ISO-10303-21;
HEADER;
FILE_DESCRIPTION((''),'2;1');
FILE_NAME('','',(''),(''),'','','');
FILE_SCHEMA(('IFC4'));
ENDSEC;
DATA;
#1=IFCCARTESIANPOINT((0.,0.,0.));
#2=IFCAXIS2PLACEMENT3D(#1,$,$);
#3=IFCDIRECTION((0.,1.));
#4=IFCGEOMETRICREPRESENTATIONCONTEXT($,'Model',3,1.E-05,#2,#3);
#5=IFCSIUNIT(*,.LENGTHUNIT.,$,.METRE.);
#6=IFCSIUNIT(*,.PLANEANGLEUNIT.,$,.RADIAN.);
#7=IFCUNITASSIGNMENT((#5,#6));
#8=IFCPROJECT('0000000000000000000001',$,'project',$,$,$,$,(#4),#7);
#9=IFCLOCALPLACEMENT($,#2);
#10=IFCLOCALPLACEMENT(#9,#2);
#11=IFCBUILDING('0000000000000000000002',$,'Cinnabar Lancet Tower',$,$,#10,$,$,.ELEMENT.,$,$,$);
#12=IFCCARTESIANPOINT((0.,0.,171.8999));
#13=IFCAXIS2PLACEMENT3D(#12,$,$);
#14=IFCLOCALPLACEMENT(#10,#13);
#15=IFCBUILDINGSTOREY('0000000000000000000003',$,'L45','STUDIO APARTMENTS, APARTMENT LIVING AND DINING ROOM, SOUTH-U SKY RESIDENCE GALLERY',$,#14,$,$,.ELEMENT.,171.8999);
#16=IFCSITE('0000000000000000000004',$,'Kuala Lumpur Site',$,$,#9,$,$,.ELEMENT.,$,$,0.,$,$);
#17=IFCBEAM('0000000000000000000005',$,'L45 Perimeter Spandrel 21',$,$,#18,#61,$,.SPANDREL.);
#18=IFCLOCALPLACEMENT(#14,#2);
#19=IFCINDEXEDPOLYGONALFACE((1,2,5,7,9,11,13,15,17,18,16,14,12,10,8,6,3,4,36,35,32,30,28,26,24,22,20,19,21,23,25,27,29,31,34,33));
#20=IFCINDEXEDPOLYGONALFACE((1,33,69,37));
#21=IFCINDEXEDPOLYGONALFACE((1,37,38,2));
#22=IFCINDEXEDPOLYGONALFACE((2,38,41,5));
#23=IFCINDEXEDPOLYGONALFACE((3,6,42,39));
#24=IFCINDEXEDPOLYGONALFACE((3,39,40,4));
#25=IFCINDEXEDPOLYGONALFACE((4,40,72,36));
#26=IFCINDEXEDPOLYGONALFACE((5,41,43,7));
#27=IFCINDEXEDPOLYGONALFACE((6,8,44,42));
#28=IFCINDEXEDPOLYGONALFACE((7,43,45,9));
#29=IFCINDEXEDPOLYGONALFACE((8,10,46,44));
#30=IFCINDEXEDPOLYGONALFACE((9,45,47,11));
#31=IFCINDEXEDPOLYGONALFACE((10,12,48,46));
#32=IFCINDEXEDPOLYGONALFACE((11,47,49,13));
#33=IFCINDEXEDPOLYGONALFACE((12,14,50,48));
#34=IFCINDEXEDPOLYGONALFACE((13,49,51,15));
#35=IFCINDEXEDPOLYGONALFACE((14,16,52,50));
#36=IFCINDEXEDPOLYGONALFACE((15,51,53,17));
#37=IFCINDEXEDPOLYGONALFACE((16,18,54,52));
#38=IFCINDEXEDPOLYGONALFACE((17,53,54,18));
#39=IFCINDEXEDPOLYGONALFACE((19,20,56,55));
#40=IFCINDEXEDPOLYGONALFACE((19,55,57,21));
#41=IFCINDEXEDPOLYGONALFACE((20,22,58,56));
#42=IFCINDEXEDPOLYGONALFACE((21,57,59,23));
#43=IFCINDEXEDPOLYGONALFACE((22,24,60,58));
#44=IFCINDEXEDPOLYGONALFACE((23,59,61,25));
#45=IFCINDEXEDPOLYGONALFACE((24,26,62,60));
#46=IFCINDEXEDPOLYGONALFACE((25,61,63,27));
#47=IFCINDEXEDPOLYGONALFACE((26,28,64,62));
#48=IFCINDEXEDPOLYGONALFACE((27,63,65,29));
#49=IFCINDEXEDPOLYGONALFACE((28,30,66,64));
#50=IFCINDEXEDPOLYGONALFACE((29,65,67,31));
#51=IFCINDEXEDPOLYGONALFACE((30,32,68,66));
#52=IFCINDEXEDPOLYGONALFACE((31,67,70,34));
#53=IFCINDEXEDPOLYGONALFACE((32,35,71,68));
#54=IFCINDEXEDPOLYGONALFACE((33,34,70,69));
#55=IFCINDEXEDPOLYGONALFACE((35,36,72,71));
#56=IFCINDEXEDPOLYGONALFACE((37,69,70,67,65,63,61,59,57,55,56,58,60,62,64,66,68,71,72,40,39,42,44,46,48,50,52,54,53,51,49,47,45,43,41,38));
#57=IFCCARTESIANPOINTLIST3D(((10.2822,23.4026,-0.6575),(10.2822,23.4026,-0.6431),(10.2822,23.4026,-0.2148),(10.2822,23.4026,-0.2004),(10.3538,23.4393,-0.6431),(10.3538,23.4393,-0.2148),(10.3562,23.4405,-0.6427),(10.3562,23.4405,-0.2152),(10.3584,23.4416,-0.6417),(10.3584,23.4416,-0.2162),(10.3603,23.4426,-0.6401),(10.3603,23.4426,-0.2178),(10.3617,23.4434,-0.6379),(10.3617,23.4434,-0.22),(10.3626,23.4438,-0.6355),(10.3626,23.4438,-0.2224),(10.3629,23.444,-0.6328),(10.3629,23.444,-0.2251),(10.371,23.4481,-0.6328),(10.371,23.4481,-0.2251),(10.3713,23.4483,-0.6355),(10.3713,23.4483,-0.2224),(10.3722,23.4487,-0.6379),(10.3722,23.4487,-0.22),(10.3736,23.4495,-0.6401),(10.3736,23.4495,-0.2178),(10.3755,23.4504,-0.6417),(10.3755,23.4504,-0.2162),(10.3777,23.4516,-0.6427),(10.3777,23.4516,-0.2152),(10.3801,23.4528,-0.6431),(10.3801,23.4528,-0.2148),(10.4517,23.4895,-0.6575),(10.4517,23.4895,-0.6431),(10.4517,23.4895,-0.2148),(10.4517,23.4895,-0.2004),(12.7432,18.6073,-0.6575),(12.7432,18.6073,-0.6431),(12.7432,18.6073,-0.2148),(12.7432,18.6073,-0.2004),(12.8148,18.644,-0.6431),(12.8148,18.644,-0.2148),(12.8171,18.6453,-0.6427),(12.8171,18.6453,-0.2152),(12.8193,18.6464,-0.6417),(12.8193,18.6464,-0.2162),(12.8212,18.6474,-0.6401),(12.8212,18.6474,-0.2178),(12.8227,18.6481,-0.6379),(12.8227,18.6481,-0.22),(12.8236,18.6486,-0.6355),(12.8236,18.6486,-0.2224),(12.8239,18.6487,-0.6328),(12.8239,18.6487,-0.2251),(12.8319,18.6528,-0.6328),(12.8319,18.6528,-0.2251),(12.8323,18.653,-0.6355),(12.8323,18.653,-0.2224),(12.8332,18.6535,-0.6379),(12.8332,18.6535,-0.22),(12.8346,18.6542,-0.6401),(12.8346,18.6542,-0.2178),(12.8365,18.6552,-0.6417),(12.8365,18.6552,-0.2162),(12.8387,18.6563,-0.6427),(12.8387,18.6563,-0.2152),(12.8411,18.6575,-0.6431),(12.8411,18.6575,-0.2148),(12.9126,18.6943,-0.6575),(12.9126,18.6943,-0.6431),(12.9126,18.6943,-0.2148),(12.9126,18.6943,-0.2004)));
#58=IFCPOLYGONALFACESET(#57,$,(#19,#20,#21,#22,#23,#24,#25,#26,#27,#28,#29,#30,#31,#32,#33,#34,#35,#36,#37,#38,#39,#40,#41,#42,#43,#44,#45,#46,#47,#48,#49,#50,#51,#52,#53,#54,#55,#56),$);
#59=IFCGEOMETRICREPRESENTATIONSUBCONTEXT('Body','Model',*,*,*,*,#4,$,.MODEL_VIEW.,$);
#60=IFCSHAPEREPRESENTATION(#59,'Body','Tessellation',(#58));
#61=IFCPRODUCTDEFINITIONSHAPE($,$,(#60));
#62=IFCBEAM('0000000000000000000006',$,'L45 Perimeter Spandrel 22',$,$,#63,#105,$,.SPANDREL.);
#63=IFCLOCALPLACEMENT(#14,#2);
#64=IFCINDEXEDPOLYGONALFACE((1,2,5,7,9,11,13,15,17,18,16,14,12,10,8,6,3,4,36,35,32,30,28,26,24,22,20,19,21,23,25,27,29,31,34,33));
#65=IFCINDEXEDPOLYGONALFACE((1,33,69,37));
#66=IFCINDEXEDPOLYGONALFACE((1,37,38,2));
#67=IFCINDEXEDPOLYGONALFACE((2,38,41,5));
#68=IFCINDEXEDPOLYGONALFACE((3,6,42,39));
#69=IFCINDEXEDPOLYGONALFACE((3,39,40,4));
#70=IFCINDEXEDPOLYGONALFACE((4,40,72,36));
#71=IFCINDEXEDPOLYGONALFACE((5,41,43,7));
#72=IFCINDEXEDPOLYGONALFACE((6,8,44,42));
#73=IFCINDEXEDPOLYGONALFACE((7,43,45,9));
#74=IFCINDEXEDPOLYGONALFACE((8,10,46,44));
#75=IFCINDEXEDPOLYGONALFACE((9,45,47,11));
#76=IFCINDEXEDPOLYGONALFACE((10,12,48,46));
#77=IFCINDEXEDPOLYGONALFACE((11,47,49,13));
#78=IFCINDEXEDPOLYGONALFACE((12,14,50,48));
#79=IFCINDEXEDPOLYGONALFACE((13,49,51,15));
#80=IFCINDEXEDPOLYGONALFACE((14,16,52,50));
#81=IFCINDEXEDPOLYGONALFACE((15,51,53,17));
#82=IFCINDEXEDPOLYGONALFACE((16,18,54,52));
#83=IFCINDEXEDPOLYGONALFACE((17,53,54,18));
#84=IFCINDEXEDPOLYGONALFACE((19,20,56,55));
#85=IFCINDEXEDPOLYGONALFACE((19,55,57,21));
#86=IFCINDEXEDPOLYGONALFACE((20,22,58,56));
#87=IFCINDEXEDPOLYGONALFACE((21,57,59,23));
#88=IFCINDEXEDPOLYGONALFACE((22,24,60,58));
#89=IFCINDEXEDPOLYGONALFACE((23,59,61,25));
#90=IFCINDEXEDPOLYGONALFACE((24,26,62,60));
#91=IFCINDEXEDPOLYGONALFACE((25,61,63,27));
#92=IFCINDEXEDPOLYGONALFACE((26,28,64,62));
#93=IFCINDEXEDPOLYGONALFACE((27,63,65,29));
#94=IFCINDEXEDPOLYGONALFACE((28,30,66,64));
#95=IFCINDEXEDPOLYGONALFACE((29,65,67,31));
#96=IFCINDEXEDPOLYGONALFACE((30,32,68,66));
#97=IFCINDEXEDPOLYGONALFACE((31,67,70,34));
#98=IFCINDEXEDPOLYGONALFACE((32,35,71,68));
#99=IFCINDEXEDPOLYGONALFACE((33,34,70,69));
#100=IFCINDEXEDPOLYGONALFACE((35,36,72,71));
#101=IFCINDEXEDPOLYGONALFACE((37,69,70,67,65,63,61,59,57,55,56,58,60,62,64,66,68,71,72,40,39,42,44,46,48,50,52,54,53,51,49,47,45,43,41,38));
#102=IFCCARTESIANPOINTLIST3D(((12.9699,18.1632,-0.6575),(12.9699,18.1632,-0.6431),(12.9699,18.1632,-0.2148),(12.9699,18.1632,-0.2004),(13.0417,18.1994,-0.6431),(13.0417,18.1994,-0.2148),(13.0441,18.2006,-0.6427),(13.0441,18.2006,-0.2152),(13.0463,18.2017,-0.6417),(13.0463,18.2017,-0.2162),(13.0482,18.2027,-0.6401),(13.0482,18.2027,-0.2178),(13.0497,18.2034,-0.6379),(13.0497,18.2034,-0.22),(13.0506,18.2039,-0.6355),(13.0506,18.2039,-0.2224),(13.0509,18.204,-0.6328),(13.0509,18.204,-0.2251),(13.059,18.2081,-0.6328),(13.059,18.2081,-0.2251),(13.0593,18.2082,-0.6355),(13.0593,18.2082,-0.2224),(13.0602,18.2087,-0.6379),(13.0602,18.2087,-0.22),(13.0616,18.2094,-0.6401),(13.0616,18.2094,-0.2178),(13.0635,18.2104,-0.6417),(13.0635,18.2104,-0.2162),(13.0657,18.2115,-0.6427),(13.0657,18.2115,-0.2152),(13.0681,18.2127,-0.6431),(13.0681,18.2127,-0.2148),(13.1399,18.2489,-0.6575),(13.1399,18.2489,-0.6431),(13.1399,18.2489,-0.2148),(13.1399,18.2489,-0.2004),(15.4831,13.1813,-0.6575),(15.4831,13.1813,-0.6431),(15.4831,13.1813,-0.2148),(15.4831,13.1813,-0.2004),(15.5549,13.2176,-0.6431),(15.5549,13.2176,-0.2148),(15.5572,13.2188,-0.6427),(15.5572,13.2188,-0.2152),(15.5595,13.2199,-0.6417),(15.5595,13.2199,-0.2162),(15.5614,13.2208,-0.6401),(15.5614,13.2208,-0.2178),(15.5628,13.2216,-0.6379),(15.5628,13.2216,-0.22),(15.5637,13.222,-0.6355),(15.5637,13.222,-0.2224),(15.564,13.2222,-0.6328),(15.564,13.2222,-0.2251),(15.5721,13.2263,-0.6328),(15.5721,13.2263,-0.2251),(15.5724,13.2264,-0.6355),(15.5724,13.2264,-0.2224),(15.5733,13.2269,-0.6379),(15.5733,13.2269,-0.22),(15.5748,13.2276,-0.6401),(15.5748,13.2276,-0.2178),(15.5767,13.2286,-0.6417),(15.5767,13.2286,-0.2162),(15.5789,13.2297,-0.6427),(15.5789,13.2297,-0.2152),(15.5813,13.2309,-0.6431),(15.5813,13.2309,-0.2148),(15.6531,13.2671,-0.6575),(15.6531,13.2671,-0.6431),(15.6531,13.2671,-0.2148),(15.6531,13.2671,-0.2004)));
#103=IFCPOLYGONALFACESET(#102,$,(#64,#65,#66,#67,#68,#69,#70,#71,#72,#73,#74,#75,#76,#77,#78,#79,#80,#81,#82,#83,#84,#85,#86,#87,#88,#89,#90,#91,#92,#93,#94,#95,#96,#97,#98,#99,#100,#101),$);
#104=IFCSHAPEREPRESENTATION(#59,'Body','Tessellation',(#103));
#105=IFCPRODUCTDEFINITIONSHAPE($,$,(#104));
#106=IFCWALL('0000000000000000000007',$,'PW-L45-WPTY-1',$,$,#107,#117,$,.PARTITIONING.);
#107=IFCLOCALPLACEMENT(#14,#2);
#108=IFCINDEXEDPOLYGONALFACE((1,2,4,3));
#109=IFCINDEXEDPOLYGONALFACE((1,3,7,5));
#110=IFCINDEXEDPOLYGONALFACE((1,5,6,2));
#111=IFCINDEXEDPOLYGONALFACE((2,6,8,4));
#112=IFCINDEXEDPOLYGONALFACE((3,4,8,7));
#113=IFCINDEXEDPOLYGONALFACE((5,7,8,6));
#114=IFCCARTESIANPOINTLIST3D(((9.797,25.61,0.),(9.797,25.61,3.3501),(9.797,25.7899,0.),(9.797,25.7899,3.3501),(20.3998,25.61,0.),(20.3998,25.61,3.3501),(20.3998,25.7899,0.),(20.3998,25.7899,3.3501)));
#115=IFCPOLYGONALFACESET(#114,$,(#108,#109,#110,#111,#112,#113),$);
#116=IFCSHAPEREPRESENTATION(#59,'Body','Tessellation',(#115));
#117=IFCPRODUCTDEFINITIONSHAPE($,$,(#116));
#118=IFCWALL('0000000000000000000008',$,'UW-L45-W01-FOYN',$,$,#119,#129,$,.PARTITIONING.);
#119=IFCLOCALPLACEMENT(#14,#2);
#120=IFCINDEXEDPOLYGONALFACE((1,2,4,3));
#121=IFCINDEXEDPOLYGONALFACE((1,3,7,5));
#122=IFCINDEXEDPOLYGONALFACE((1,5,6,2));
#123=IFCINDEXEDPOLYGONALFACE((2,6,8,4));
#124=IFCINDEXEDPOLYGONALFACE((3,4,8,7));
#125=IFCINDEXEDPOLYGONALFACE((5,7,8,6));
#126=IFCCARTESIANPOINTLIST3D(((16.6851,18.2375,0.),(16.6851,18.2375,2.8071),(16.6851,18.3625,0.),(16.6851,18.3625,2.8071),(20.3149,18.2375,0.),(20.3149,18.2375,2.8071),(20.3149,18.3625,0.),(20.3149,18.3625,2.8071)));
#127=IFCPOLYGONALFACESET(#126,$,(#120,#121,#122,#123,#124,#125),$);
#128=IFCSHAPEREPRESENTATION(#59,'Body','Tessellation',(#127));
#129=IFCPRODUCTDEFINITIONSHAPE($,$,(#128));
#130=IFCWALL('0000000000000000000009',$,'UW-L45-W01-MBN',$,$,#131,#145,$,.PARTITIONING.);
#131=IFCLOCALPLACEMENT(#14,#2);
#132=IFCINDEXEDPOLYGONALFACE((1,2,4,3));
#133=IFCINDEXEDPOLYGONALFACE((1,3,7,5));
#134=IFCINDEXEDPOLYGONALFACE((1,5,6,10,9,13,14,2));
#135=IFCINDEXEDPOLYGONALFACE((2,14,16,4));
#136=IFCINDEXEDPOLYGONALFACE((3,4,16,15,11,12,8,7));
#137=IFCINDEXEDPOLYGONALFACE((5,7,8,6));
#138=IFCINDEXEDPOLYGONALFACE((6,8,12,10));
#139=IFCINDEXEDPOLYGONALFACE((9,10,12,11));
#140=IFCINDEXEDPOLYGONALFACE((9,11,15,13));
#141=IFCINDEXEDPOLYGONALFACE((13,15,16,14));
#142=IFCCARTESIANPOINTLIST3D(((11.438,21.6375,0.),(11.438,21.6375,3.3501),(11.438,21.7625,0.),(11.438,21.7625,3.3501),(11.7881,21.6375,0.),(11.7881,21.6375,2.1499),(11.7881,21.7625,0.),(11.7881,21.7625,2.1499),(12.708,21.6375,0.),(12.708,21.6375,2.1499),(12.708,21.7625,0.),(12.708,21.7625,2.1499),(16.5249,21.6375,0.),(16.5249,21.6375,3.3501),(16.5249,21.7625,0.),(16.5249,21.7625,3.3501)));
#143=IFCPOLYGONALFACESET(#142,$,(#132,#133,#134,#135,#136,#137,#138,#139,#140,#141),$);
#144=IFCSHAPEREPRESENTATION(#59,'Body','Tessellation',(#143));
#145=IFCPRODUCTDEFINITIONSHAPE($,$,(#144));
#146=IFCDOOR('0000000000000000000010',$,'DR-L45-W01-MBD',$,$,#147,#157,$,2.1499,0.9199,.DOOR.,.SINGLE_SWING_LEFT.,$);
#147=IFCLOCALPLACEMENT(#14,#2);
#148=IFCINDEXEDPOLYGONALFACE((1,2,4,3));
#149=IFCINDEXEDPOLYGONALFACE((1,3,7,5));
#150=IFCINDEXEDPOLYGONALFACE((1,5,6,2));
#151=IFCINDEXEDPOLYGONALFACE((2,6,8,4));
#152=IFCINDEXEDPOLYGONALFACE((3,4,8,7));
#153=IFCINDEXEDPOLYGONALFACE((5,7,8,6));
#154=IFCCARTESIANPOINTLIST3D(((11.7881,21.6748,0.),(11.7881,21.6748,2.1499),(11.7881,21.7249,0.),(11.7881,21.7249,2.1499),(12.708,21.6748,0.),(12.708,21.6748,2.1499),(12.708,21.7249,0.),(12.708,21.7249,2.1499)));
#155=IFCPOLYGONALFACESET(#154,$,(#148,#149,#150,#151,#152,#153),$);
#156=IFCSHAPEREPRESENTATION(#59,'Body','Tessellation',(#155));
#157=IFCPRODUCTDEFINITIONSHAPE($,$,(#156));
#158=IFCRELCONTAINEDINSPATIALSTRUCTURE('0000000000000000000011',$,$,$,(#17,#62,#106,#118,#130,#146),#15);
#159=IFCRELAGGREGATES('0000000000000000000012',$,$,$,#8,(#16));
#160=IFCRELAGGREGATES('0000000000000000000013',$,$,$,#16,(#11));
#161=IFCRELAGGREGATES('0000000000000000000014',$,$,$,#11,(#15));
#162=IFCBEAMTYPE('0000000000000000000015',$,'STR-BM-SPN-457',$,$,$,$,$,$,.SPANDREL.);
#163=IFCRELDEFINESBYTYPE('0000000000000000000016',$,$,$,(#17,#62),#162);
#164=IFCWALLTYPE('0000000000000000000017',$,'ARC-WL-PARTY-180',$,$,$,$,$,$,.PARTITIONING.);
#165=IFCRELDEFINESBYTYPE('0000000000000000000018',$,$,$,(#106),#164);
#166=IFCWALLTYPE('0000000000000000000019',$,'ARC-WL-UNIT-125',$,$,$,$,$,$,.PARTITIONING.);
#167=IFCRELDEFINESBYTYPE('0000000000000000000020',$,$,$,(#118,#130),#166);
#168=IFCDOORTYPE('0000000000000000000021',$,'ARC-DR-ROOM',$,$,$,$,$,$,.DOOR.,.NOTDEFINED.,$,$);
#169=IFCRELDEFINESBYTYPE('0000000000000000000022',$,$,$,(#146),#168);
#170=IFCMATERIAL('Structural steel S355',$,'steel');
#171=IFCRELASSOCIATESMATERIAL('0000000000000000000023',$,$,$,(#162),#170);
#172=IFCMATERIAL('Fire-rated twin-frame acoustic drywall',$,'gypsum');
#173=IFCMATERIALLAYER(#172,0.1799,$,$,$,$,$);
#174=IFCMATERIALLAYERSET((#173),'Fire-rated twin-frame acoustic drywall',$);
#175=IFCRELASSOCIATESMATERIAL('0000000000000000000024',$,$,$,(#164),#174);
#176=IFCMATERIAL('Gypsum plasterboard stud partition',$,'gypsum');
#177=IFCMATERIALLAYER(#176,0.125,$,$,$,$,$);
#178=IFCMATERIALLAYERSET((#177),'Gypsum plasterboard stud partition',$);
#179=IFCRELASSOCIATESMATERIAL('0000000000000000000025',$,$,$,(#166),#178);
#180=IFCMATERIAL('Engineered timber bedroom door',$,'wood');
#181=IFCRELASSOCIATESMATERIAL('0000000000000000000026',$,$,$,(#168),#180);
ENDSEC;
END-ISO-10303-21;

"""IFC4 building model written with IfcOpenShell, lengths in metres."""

from ifc_helpers import new_model, si_unit, direction, frame, frame_2d, origin, origin_2d, place, context, subcontext, project, spatial, rectangle, i_section, extrude, material, layer, layer_set, material_profile, profile_set, type_object, element, fill, save


model = new_model("IFC4")

# Units and contexts
model_context = context("Model", 3, precision=1e-05, world=origin(), true_north=direction((0.0, 1.0)))
body_context = subcontext(model_context, "Body", "Model", "MODEL_VIEW")
ifc_project = project(units=[si_unit("LENGTHUNIT", "METRE"), si_unit("PLANEANGLEUNIT", "RADIAN")], contexts=[model_context])

# Site, building, storey
site_placement = place(None, origin())
site = spatial("IfcSite", under=ifc_project, at=site_placement, Name="Kuala Lumpur Site", CompositionType="ELEMENT", RefElevation=0.0)
building_placement = place(site_placement, origin())
building = spatial("IfcBuilding", under=site, at=building_placement, Name="Cinnabar Lancet Tower", CompositionType="ELEMENT")
storey_placement = place(building_placement, frame((0.0, 0.0, 171.8999)))
storey = spatial("IfcBuildingStorey", under=building, at=storey_placement, Name="L45", Description="STUDIO APARTMENTS, APARTMENT LIVING AND DINING ROOM, SOUTH-U SKY RESIDENCE GALLERY", CompositionType="ELEMENT", Elevation=171.8999)

# Beams
ifc_material_1 = material(Name="Structural steel S355", Category="steel")
ifc_material_profile_1 = material_profile(ifc_material_1, i_section(OverallWidth=0.1904, OverallDepth=0.457, WebThickness=0.009, FlangeThickness=0.0144, FilletRadius=0.0103, at=origin_2d()), Name="UKB 457x191x74")
ifc_profile_set_1 = profile_set([ifc_material_profile_1], Name="Structural steel S355")
beam_type_1 = type_object("IfcBeamType", Name="STR-BM-SPN-457", PredefinedType="SPANDREL", material=ifc_profile_set_1)
beam_1_placement = place(storey_placement, frame((10.3669, 23.446, -0.429), z_axis=(0.456593, -0.889676, 0.0), x_axis=(0.889676, 0.456593, 0.0)))
element("IfcBeam", 1, at=beam_1_placement, inside=storey, type_object=beam_type_1, Name="L45 Perimeter Spandrel 21", PredefinedType="SPANDREL", context=body_context, shape_type="SweptSolid", body=[
    extrude(i_section(OverallWidth=0.1904, OverallDepth=0.457, WebThickness=0.009, FlangeThickness=0.0144, FilletRadius=0.0103, at=origin_2d()), origin(), (0.0, 0.0, 1.0), 5.3899),
])
beam_2_placement = place(storey_placement, frame((13.0549, 18.2061, -0.429), z_axis=(0.450396, -0.892829, 0.0), x_axis=(0.892829, 0.450396, 0.0)))
element("IfcBeam", 2, at=beam_2_placement, inside=storey, type_object=beam_type_1, Name="L45 Perimeter Spandrel 22", PredefinedType="SPANDREL", context=body_context, shape_type="SweptSolid", body=[
    extrude(i_section(OverallWidth=0.1904, OverallDepth=0.457, WebThickness=0.009, FlangeThickness=0.0144, FilletRadius=0.0103, at=origin_2d()), origin(), (0.0, 0.0, 1.0), 5.5798),
])

# Walls
ifc_material_2 = material(Name="Fire-rated twin-frame acoustic drywall", Category="gypsum")
ifc_layer_1 = layer(ifc_material_2, 0.1799)
ifc_layer_set_1 = layer_set([ifc_layer_1], Name="Fire-rated twin-frame acoustic drywall")
wall_type_1 = type_object("IfcWallType", Name="ARC-WL-PARTY-180", PredefinedType="PARTITIONING", material=ifc_layer_set_1)
wall_1_placement = place(storey_placement, frame((9.7971, 25.7, 0.0), z_axis=(0.0, 0.0, 1.0), x_axis=(1.0, 0.0, 0.0)))
element("IfcWall", 3, at=wall_1_placement, inside=storey, type_object=wall_type_1, Name="PW-L45-WPTY-1", PredefinedType="PARTITIONING", context=body_context, shape_type="SweptSolid", body=[
    extrude(rectangle(XDim=10.6028, YDim=0.1799, at=frame_2d((5.3013, 0.0))), origin(), (0.0, 0.0, 1.0), 3.3501),
])
ifc_material_3 = material(Name="Gypsum plasterboard stud partition", Category="gypsum")
ifc_layer_2 = layer(ifc_material_3, 0.125)
ifc_layer_set_2 = layer_set([ifc_layer_2], Name="Gypsum plasterboard stud partition")
wall_type_2 = type_object("IfcWallType", Name="ARC-WL-UNIT-125", PredefinedType="PARTITIONING", material=ifc_layer_set_2)
wall_2_placement = place(storey_placement, frame((16.6851, 18.3, 0.0), z_axis=(0.0, 0.0, 1.0), x_axis=(1.0, 0.0, 0.0)))
element("IfcWall", 4, at=wall_2_placement, inside=storey, type_object=wall_type_2, Name="UW-L45-W01-FOYN", PredefinedType="PARTITIONING", context=body_context, shape_type="SweptSolid", body=[
    extrude(rectangle(XDim=3.6299, YDim=0.125, at=frame_2d((1.8149, 0.0))), origin(), (0.0, 0.0, 1.0), 2.8071),
])

# Wall, opening, door
wall_3_placement = place(storey_placement, frame((11.438, 21.7, 0.0), z_axis=(0.0, 0.0, 1.0), x_axis=(1.0, 0.0, 0.0)))
wall_3 = element("IfcWall", 5, at=wall_3_placement, inside=storey, type_object=wall_type_2, Name="UW-L45-W01-MBN", PredefinedType="PARTITIONING", context=body_context, shape_type="SweptSolid", body=[
    extrude(rectangle(XDim=5.0869, YDim=0.125, at=frame_2d((2.5435, 0.0))), origin(), (0.0, 0.0, 1.0), 3.3501),
])
opening_1_placement = place(wall_3_placement, frame((0.3501, 0.0, 0.0)))
opening_1 = element("IfcOpeningElement", 6, at=opening_1_placement, cuts=wall_3, PredefinedType="OPENING", context=body_context, shape_type="SweptSolid", body=[
    extrude(rectangle(XDim=0.9199, YDim=2.1499, at=frame_2d((0.46, 1.075))), frame((0.0, 0.0725, 0.0), z_axis=(0.0, -1.0, 0.0), x_axis=(1.0, 0.0, 0.0)), (0.0, 0.0, 1.0), 0.145),
])
ifc_material_4 = material(Name="Engineered timber bedroom door", Category="wood")
door_type_1 = type_object("IfcDoorType", Name="ARC-DR-ROOM", OperationType="NOTDEFINED", PredefinedType="DOOR", material=ifc_material_4)
door_1_placement = place(opening_1_placement, origin())
door_1 = element("IfcDoor", 7, at=door_1_placement, inside=storey, type_object=door_type_1, Name="DR-L45-W01-MBD", OperationType="SINGLE_SWING_LEFT", OverallHeight=2.1499, OverallWidth=0.9199, PredefinedType="DOOR", context=body_context, shape_type="SweptSolid", body=[
    extrude(rectangle(XDim=0.9199, YDim=2.1499, at=frame_2d((0.46, 1.075))), frame((0.0, 0.0249, 0.0), z_axis=(0.0, -1.0, 0.0), x_axis=(1.0, 0.0, 0.0)), (0.0, 0.0, 1.0), 0.05),
])
fill(opening_1, door_1)

save(model, "model.ifc")
